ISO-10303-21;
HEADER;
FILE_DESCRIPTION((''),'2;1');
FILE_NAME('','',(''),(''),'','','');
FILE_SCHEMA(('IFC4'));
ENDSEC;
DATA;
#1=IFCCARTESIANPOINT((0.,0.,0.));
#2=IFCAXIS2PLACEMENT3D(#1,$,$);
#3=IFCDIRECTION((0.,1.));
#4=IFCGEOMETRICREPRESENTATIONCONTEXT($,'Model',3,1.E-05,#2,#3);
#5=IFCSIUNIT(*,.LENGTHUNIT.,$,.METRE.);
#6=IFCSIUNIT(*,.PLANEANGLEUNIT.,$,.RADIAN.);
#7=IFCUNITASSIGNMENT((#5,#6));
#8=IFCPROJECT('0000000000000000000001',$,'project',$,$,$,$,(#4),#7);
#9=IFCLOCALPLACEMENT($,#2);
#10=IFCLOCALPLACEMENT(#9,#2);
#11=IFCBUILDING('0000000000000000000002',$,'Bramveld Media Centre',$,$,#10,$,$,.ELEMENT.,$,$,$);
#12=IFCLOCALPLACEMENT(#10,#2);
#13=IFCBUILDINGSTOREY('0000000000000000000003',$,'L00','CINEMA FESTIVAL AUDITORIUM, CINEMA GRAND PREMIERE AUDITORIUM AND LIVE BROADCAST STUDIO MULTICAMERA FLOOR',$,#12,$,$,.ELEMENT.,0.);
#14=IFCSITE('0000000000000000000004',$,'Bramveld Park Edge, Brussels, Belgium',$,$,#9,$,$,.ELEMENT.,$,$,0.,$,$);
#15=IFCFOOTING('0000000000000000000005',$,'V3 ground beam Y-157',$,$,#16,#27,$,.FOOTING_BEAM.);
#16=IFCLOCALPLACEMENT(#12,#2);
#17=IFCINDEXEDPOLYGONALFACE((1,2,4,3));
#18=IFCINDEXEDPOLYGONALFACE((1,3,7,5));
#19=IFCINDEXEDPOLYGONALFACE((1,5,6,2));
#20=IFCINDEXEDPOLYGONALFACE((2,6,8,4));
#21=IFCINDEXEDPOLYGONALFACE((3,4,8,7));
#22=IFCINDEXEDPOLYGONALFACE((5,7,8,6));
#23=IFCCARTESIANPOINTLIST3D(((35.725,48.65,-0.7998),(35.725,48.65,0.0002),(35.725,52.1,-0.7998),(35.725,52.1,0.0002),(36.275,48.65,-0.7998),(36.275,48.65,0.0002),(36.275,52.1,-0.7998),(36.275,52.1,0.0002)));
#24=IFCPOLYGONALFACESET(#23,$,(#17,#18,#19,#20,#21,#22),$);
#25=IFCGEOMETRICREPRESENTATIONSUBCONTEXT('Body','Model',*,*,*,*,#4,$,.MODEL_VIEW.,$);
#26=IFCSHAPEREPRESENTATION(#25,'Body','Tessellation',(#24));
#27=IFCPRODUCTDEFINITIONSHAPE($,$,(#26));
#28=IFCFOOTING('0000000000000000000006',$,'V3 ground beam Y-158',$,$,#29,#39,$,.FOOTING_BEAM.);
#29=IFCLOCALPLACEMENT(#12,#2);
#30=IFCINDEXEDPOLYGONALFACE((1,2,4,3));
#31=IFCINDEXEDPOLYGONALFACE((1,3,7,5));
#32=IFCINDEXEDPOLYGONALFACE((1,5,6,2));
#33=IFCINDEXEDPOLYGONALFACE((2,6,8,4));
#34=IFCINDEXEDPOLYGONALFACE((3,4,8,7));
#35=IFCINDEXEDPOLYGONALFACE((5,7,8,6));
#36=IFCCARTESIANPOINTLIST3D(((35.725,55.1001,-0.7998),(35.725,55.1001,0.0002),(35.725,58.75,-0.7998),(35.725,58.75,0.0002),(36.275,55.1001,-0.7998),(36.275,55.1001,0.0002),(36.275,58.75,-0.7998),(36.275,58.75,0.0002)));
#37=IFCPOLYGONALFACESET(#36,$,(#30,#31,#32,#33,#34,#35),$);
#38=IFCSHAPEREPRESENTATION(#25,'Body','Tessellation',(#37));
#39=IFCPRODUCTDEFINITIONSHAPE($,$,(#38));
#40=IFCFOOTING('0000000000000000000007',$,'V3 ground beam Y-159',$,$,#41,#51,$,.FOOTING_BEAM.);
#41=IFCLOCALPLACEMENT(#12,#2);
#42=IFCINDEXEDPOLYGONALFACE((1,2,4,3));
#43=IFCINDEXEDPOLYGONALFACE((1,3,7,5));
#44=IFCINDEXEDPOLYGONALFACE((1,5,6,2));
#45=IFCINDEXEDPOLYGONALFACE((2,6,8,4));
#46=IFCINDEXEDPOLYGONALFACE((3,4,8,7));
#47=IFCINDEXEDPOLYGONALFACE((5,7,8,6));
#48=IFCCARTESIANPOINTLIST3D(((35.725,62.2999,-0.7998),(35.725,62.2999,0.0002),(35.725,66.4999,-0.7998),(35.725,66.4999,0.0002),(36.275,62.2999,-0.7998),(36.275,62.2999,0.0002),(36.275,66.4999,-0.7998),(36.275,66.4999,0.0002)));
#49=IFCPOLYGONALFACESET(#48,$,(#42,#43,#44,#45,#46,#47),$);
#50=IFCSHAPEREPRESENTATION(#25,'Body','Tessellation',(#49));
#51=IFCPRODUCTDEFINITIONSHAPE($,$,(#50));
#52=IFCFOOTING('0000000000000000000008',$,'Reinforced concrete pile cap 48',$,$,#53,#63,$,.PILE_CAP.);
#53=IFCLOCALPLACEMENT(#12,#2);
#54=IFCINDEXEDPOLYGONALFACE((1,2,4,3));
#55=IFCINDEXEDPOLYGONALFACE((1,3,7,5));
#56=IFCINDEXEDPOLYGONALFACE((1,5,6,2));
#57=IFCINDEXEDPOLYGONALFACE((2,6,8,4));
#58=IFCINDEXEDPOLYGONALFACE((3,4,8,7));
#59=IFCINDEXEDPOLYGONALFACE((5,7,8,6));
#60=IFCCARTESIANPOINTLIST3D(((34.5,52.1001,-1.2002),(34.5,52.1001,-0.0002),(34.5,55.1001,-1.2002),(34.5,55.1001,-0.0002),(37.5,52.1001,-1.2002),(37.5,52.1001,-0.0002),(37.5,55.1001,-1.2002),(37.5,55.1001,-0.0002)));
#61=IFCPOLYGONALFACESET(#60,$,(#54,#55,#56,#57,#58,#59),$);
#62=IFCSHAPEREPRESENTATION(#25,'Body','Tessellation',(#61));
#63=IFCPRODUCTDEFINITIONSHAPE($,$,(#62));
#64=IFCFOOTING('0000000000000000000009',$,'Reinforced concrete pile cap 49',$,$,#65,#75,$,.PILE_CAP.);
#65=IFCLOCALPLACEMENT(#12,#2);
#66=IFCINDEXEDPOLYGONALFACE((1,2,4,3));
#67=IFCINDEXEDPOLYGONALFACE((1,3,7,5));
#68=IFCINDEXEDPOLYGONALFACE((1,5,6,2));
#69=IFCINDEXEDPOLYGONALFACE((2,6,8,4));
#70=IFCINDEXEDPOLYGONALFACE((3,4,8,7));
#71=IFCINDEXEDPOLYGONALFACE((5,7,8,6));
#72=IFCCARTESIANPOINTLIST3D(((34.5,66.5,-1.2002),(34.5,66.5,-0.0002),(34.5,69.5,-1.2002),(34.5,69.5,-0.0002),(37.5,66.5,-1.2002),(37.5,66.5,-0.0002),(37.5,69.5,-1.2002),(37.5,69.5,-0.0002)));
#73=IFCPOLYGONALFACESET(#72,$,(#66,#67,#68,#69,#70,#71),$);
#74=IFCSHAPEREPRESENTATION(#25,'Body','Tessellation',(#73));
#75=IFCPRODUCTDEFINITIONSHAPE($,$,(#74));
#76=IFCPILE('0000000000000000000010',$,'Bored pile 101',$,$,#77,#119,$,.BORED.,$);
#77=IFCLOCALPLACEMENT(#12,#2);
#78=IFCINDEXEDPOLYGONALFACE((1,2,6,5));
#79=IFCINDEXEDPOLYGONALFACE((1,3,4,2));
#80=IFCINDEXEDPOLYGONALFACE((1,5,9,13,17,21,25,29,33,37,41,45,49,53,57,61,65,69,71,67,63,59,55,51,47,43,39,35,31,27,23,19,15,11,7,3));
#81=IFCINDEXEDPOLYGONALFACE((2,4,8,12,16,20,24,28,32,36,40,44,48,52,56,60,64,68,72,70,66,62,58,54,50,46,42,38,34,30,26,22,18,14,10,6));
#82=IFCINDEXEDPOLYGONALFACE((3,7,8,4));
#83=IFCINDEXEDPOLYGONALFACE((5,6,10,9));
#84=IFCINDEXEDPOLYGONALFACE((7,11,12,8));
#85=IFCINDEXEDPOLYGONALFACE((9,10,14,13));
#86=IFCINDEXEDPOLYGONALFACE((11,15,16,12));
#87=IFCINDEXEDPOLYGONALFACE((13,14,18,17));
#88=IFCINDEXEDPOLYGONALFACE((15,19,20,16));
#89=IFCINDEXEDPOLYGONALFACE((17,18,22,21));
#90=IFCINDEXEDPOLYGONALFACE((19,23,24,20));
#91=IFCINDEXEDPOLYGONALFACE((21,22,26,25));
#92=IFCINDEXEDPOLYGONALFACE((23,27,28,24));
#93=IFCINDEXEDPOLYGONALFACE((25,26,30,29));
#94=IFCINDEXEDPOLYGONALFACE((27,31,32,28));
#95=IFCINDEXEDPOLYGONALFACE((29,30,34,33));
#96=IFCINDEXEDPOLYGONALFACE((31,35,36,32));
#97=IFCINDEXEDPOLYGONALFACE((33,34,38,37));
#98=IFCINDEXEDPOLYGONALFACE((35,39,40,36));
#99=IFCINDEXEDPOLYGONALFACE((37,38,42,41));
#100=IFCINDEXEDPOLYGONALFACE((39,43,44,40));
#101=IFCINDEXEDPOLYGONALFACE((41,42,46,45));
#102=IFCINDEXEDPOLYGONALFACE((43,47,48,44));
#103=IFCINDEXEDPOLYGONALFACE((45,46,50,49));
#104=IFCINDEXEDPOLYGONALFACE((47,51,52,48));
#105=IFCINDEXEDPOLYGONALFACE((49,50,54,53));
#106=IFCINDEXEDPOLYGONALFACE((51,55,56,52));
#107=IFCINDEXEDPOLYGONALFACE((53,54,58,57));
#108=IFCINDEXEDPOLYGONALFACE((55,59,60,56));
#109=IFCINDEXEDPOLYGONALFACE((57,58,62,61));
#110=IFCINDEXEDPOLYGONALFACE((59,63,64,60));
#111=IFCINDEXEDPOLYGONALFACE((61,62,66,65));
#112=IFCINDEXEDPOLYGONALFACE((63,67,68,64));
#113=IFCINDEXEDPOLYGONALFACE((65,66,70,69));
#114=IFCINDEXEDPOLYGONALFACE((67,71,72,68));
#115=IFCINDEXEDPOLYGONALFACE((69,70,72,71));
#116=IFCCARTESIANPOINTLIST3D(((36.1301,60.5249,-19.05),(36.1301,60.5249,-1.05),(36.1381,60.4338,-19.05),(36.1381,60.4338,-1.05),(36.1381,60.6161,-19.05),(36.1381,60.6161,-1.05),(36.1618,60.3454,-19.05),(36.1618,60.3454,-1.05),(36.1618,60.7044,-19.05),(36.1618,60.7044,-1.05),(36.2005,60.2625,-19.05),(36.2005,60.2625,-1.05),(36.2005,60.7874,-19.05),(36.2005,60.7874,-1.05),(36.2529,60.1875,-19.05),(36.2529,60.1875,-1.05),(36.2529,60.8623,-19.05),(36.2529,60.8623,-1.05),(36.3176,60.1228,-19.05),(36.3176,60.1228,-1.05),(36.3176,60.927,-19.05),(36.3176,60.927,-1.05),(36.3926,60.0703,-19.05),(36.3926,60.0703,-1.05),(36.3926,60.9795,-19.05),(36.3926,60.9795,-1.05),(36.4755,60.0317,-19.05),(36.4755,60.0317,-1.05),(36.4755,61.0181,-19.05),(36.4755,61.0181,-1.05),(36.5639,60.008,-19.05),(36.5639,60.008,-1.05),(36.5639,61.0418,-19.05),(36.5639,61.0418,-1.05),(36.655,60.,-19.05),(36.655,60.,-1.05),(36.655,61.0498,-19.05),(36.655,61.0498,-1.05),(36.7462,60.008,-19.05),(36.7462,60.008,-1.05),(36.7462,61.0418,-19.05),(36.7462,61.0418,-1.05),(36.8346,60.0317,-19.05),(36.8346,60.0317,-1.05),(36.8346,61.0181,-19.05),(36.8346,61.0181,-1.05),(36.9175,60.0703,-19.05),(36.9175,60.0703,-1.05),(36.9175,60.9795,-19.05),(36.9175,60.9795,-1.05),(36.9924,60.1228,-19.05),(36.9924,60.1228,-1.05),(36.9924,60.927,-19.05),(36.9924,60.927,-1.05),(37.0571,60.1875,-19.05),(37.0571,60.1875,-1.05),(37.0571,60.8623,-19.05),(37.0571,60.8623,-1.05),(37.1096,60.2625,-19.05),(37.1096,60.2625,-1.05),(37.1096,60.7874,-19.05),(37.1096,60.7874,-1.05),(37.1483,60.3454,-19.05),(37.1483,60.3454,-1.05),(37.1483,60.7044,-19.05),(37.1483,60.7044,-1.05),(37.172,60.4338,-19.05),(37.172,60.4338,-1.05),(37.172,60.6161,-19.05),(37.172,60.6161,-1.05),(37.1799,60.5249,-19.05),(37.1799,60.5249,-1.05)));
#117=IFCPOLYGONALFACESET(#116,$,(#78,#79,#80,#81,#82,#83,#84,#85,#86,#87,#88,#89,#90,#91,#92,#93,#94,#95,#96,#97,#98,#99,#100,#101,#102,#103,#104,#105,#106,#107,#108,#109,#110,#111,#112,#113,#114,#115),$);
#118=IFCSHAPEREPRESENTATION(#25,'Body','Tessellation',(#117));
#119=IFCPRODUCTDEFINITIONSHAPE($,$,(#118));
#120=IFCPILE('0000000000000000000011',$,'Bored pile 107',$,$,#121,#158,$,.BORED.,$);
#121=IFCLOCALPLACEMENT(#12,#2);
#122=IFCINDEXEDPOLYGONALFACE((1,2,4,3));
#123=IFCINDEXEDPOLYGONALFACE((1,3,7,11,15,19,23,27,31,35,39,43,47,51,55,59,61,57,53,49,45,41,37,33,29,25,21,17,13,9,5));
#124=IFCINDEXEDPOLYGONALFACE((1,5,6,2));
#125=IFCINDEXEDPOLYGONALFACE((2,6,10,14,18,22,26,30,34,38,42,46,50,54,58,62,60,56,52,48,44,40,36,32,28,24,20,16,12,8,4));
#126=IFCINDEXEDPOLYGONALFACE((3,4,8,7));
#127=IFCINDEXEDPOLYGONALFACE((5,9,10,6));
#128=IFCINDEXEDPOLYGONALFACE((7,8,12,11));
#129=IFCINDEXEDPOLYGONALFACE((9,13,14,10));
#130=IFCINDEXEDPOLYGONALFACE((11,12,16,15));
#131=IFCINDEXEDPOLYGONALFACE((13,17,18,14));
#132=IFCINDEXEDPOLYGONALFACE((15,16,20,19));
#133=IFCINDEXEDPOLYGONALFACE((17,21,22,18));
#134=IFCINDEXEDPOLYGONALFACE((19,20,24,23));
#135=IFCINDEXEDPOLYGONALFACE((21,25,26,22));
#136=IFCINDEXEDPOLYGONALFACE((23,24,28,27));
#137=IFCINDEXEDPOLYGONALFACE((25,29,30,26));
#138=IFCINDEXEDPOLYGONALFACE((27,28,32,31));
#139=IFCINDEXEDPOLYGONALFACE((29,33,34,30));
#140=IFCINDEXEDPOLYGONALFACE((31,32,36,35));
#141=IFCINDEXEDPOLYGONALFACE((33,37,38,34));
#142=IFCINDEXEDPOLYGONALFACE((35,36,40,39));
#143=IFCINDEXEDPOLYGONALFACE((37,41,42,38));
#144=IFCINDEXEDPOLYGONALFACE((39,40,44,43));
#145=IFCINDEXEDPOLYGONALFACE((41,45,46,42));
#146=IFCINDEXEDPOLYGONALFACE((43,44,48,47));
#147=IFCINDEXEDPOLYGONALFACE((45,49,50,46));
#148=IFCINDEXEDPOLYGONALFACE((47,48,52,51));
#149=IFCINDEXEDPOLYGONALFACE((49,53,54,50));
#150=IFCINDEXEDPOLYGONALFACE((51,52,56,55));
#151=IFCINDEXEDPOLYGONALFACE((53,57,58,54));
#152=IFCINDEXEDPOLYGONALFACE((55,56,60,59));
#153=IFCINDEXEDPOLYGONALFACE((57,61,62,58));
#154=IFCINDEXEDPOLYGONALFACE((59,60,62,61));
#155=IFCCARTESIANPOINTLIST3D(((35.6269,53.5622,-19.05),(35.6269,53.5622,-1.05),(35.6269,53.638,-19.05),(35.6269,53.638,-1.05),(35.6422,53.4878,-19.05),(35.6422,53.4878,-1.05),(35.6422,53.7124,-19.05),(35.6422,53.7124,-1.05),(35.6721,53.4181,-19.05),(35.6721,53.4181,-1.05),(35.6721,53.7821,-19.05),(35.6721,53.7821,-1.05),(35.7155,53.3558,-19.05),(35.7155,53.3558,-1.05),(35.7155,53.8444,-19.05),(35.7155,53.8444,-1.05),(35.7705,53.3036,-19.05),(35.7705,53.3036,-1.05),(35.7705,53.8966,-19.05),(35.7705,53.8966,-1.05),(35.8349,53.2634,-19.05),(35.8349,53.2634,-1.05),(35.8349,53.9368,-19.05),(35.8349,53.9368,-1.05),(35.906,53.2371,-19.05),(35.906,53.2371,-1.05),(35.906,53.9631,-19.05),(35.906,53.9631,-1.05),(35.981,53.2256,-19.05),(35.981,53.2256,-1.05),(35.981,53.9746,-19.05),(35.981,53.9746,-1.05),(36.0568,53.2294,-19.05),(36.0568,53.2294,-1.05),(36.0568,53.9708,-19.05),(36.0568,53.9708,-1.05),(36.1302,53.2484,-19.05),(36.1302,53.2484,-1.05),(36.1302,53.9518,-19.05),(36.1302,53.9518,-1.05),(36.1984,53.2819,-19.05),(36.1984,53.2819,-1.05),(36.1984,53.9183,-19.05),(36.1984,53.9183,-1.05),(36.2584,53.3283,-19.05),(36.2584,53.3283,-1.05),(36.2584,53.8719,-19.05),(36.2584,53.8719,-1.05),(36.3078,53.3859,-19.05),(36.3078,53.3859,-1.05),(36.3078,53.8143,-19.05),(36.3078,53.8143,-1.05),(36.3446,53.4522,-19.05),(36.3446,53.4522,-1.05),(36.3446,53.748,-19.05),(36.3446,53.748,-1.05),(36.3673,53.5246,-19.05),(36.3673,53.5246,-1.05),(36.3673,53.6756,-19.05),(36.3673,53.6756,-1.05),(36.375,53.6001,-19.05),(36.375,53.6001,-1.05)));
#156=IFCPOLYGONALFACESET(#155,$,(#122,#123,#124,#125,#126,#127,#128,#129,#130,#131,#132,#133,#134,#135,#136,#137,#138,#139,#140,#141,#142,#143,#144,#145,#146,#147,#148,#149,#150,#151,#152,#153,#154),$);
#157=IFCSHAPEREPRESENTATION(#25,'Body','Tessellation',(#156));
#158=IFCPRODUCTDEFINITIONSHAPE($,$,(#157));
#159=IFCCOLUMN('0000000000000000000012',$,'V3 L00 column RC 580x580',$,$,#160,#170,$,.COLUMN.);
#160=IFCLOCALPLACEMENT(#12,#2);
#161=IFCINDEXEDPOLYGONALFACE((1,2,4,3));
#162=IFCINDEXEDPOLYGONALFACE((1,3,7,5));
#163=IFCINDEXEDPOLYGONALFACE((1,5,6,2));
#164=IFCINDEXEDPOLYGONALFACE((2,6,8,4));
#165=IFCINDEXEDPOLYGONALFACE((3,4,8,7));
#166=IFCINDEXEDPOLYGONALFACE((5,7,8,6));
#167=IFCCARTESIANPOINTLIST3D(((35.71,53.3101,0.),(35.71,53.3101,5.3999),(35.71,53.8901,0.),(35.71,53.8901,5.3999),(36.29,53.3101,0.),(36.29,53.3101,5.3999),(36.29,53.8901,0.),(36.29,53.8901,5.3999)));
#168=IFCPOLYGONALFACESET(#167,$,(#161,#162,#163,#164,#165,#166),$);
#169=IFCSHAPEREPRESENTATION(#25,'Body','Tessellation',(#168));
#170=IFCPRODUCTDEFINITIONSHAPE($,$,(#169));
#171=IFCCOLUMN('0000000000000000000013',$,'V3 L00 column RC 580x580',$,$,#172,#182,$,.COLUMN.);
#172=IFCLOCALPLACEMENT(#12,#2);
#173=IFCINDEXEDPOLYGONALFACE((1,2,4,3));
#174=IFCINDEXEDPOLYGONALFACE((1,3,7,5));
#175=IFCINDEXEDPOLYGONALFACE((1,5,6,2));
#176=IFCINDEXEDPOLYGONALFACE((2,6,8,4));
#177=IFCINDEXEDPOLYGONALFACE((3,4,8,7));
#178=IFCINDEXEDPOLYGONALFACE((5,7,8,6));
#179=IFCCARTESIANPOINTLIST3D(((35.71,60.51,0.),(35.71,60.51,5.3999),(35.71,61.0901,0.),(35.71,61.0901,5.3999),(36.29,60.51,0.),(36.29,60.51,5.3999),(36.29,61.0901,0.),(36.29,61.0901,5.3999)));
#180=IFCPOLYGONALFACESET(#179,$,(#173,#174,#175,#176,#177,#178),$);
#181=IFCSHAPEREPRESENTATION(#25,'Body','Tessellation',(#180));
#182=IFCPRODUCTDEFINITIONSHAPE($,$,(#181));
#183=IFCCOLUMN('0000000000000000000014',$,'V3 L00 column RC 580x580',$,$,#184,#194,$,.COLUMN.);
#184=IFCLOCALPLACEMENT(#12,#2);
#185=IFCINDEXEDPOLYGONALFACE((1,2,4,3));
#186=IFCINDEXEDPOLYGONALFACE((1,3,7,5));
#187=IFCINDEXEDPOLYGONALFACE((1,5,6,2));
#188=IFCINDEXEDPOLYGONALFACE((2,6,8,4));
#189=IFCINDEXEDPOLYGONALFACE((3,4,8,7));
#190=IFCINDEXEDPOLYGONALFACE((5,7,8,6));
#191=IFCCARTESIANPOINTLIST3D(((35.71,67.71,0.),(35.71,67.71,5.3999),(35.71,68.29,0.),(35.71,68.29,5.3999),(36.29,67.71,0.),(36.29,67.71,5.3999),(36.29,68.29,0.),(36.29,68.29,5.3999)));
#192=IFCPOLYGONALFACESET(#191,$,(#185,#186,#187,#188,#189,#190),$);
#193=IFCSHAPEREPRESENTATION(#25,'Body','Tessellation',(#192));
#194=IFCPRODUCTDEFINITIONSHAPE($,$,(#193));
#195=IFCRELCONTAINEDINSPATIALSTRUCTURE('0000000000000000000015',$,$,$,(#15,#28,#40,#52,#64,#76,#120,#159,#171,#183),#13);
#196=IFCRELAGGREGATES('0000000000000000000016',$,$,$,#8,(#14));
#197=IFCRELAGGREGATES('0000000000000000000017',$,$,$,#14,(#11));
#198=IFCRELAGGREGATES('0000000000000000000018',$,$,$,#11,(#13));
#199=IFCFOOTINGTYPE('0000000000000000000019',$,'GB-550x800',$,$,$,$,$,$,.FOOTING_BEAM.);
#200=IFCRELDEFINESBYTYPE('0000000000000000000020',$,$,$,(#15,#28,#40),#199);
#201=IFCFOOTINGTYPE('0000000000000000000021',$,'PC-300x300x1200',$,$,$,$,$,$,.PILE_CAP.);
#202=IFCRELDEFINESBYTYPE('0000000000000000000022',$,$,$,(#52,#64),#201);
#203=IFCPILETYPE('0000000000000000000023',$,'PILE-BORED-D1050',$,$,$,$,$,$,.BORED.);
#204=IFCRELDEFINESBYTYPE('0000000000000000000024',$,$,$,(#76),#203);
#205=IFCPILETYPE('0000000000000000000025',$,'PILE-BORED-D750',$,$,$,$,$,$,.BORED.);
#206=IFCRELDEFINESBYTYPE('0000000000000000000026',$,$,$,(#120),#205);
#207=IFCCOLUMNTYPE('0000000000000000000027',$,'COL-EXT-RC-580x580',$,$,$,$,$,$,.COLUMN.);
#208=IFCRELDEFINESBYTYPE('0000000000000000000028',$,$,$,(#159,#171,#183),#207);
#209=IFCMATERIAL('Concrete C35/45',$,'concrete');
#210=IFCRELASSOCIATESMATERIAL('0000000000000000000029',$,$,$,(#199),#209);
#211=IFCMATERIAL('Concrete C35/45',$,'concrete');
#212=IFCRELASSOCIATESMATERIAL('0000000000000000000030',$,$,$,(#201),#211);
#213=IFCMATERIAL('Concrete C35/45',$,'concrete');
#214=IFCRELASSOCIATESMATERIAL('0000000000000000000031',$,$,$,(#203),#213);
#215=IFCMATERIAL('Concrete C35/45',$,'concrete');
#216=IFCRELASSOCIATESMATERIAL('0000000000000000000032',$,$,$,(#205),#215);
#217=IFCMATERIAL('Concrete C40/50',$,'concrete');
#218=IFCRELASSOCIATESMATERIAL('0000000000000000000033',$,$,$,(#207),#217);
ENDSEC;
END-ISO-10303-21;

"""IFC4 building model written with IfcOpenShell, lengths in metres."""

from ifc_helpers import new_model, si_unit, direction, frame, origin, origin_2d, place, context, subcontext, project, spatial, rectangle, circle, extrude, material, material_profile, profile_set, type_object, element, save


model = new_model("IFC4")

# Units and contexts
model_context = context("Model", 3, precision=1e-05, world=origin(), true_north=direction((0.0, 1.0)))
body_context = subcontext(model_context, "Body", "Model", "MODEL_VIEW")
ifc_project = project(units=[si_unit("LENGTHUNIT", "METRE"), si_unit("PLANEANGLEUNIT", "RADIAN")], contexts=[model_context])

# Site, building, storey
site_placement = place(None, origin())
site = spatial("IfcSite", under=ifc_project, at=site_placement, Name="Bramveld Park Edge, Brussels, Belgium", CompositionType="ELEMENT", RefElevation=0.0)
building_placement = place(site_placement, origin())
building = spatial("IfcBuilding", under=site, at=building_placement, Name="Bramveld Media Centre", CompositionType="ELEMENT")
storey_placement = place(building_placement, origin())
storey = spatial("IfcBuildingStorey", under=building, at=storey_placement, Name="L00", Description="CINEMA FESTIVAL AUDITORIUM, CINEMA GRAND PREMIERE AUDITORIUM AND LIVE BROADCAST STUDIO MULTICAMERA FLOOR", CompositionType="ELEMENT", Elevation=0.0)

# Footings
ifc_material_1 = material(Name="Concrete C35/45", Category="concrete")
footing_type_1 = type_object("IfcFootingType", Name="GB-550x800", PredefinedType="FOOTING_BEAM", material=ifc_material_1)
footing_1_placement = place(storey_placement, frame((36.0, 50.375, -0.7998), z_axis=(0.0, 0.0, 1.0), x_axis=(1.0, 0.0, 0.0)))
element("IfcFooting", 1, at=footing_1_placement, inside=storey, type_object=footing_type_1, Name="V3 ground beam Y-157", PredefinedType="FOOTING_BEAM", context=body_context, shape_type="SweptSolid", body=[
    extrude(rectangle(XDim=0.55, YDim=3.45, at=origin_2d()), origin(), (0.0, 0.0, 1.0), 0.8),
])
footing_2_placement = place(storey_placement, frame((36.0, 56.925, -0.7998), z_axis=(0.0, 0.0, 1.0), x_axis=(1.0, 0.0, 0.0)))
element("IfcFooting", 2, at=footing_2_placement, inside=storey, type_object=footing_type_1, Name="V3 ground beam Y-158", PredefinedType="FOOTING_BEAM", context=body_context, shape_type="SweptSolid", body=[
    extrude(rectangle(XDim=0.55, YDim=3.6499, at=origin_2d()), origin(), (0.0, 0.0, 1.0), 0.8),
])
footing_3_placement = place(storey_placement, frame((36.0, 64.3999, -0.7998), z_axis=(0.0, 0.0, 1.0), x_axis=(1.0, 0.0, 0.0)))
element("IfcFooting", 3, at=footing_3_placement, inside=storey, type_object=footing_type_1, Name="V3 ground beam Y-159", PredefinedType="FOOTING_BEAM", context=body_context, shape_type="SweptSolid", body=[
    extrude(rectangle(XDim=0.55, YDim=4.2, at=origin_2d()), origin(), (0.0, 0.0, 1.0), 0.8),
])
ifc_material_2 = material(Name="Concrete C35/45", Category="concrete")
footing_type_2 = type_object("IfcFootingType", Name="PC-300x300x1200", PredefinedType="PILE_CAP", material=ifc_material_2)
for number, where, z_axis, x_axis, name in (
    (4, (36.0, 53.6001, -1.2002), (0.0, 0.0, 1.0), (1.0, 0.0, 0.0), "Reinforced concrete pile cap 48"),
    (5, (36.0, 68.0, -1.2002), (0.0, 0.0, 1.0), (1.0, 0.0, 0.0), "Reinforced concrete pile cap 49"),
):
    element("IfcFooting", number, at=place(storey_placement, frame(where, z_axis=z_axis, x_axis=x_axis)), inside=storey, type_object=footing_type_2, Name=name, PredefinedType="PILE_CAP", context=body_context, shape_type="SweptSolid", body=[
        extrude(rectangle(XDim=3.0, YDim=3.0, at=origin_2d()), origin(), (0.0, 0.0, 1.0), 1.2),
    ])

# Piles
ifc_material_3 = material(Name="Concrete C35/45", Category="concrete")
ifc_material_profile_1 = material_profile(ifc_material_3, circle(Radius=0.5249, at=origin_2d()), Name="BORED D1050")
ifc_profile_set_1 = profile_set([ifc_material_profile_1], Name="Concrete C35/45")
pile_type_1 = type_object("IfcPileType", Name="PILE-BORED-D1050", PredefinedType="BORED", material=ifc_profile_set_1)
pile_1_placement = place(storey_placement, frame((36.655, 60.5249, -1.05), z_axis=(0.0, 0.0, -1.0), x_axis=(1.0, 0.0, 0.0)))
element("IfcPile", 6, at=pile_1_placement, inside=storey, type_object=pile_type_1, Name="Bored pile 101", PredefinedType="BORED", context=body_context, shape_type="SweptSolid", body=[
    extrude(circle(Radius=0.5249, at=origin_2d()), origin(), (0.0, 0.0, 1.0), 18.0),
])
ifc_material_4 = material(Name="Concrete C35/45", Category="concrete")
ifc_material_profile_2 = material_profile(ifc_material_4, circle(Radius=0.375, at=origin_2d()), Name="BORED D750")
ifc_profile_set_2 = profile_set([ifc_material_profile_2], Name="Concrete C35/45")
pile_type_2 = type_object("IfcPileType", Name="PILE-BORED-D750", PredefinedType="BORED", material=ifc_profile_set_2)
pile_2_placement = place(storey_placement, frame((36.0, 53.6001, -1.05), z_axis=(0.0, 0.0, -1.0), x_axis=(1.0, 0.0, 0.0)))
element("IfcPile", 7, at=pile_2_placement, inside=storey, type_object=pile_type_2, Name="Bored pile 107", PredefinedType="BORED", context=body_context, shape_type="SweptSolid", body=[
    extrude(circle(Radius=0.375, at=origin_2d()), origin(), (0.0, 0.0, 1.0), 18.0),
])

# Columns
ifc_material_5 = material(Name="Concrete C40/50", Category="concrete")
ifc_material_profile_3 = material_profile(ifc_material_5, rectangle(XDim=0.5801, YDim=0.5801, at=origin_2d()), Name="RC 580x580")
ifc_profile_set_3 = profile_set([ifc_material_profile_3], Name="Concrete C40/50")
column_type = type_object("IfcColumnType", Name="COL-EXT-RC-580x580", PredefinedType="COLUMN", material=ifc_profile_set_3)
for number, where, z_axis, x_axis, name in (
    (8, (36.0, 53.6001, 0.0), (0.0, 0.0, 1.0), (1.0, 0.0, 0.0), "V3 L00 column RC 580x580"),
    (9, (36.0, 60.8, 0.0), (0.0, 0.0, 1.0), (1.0, 0.0, 0.0), "V3 L00 column RC 580x580"),
    (10, (36.0, 68.0, 0.0), (0.0, 0.0, 1.0), (1.0, 0.0, 0.0), "V3 L00 column RC 580x580"),
):
    element("IfcColumn", number, at=place(storey_placement, frame(where, z_axis=z_axis, x_axis=x_axis)), inside=storey, type_object=column_type, Name=name, PredefinedType="COLUMN", context=body_context, shape_type="SweptSolid", body=[
        extrude(rectangle(XDim=0.5801, YDim=0.5801, at=origin_2d()), origin(), (0.0, 0.0, 1.0), 5.3999),
    ])

save(model, "model.ifc")
